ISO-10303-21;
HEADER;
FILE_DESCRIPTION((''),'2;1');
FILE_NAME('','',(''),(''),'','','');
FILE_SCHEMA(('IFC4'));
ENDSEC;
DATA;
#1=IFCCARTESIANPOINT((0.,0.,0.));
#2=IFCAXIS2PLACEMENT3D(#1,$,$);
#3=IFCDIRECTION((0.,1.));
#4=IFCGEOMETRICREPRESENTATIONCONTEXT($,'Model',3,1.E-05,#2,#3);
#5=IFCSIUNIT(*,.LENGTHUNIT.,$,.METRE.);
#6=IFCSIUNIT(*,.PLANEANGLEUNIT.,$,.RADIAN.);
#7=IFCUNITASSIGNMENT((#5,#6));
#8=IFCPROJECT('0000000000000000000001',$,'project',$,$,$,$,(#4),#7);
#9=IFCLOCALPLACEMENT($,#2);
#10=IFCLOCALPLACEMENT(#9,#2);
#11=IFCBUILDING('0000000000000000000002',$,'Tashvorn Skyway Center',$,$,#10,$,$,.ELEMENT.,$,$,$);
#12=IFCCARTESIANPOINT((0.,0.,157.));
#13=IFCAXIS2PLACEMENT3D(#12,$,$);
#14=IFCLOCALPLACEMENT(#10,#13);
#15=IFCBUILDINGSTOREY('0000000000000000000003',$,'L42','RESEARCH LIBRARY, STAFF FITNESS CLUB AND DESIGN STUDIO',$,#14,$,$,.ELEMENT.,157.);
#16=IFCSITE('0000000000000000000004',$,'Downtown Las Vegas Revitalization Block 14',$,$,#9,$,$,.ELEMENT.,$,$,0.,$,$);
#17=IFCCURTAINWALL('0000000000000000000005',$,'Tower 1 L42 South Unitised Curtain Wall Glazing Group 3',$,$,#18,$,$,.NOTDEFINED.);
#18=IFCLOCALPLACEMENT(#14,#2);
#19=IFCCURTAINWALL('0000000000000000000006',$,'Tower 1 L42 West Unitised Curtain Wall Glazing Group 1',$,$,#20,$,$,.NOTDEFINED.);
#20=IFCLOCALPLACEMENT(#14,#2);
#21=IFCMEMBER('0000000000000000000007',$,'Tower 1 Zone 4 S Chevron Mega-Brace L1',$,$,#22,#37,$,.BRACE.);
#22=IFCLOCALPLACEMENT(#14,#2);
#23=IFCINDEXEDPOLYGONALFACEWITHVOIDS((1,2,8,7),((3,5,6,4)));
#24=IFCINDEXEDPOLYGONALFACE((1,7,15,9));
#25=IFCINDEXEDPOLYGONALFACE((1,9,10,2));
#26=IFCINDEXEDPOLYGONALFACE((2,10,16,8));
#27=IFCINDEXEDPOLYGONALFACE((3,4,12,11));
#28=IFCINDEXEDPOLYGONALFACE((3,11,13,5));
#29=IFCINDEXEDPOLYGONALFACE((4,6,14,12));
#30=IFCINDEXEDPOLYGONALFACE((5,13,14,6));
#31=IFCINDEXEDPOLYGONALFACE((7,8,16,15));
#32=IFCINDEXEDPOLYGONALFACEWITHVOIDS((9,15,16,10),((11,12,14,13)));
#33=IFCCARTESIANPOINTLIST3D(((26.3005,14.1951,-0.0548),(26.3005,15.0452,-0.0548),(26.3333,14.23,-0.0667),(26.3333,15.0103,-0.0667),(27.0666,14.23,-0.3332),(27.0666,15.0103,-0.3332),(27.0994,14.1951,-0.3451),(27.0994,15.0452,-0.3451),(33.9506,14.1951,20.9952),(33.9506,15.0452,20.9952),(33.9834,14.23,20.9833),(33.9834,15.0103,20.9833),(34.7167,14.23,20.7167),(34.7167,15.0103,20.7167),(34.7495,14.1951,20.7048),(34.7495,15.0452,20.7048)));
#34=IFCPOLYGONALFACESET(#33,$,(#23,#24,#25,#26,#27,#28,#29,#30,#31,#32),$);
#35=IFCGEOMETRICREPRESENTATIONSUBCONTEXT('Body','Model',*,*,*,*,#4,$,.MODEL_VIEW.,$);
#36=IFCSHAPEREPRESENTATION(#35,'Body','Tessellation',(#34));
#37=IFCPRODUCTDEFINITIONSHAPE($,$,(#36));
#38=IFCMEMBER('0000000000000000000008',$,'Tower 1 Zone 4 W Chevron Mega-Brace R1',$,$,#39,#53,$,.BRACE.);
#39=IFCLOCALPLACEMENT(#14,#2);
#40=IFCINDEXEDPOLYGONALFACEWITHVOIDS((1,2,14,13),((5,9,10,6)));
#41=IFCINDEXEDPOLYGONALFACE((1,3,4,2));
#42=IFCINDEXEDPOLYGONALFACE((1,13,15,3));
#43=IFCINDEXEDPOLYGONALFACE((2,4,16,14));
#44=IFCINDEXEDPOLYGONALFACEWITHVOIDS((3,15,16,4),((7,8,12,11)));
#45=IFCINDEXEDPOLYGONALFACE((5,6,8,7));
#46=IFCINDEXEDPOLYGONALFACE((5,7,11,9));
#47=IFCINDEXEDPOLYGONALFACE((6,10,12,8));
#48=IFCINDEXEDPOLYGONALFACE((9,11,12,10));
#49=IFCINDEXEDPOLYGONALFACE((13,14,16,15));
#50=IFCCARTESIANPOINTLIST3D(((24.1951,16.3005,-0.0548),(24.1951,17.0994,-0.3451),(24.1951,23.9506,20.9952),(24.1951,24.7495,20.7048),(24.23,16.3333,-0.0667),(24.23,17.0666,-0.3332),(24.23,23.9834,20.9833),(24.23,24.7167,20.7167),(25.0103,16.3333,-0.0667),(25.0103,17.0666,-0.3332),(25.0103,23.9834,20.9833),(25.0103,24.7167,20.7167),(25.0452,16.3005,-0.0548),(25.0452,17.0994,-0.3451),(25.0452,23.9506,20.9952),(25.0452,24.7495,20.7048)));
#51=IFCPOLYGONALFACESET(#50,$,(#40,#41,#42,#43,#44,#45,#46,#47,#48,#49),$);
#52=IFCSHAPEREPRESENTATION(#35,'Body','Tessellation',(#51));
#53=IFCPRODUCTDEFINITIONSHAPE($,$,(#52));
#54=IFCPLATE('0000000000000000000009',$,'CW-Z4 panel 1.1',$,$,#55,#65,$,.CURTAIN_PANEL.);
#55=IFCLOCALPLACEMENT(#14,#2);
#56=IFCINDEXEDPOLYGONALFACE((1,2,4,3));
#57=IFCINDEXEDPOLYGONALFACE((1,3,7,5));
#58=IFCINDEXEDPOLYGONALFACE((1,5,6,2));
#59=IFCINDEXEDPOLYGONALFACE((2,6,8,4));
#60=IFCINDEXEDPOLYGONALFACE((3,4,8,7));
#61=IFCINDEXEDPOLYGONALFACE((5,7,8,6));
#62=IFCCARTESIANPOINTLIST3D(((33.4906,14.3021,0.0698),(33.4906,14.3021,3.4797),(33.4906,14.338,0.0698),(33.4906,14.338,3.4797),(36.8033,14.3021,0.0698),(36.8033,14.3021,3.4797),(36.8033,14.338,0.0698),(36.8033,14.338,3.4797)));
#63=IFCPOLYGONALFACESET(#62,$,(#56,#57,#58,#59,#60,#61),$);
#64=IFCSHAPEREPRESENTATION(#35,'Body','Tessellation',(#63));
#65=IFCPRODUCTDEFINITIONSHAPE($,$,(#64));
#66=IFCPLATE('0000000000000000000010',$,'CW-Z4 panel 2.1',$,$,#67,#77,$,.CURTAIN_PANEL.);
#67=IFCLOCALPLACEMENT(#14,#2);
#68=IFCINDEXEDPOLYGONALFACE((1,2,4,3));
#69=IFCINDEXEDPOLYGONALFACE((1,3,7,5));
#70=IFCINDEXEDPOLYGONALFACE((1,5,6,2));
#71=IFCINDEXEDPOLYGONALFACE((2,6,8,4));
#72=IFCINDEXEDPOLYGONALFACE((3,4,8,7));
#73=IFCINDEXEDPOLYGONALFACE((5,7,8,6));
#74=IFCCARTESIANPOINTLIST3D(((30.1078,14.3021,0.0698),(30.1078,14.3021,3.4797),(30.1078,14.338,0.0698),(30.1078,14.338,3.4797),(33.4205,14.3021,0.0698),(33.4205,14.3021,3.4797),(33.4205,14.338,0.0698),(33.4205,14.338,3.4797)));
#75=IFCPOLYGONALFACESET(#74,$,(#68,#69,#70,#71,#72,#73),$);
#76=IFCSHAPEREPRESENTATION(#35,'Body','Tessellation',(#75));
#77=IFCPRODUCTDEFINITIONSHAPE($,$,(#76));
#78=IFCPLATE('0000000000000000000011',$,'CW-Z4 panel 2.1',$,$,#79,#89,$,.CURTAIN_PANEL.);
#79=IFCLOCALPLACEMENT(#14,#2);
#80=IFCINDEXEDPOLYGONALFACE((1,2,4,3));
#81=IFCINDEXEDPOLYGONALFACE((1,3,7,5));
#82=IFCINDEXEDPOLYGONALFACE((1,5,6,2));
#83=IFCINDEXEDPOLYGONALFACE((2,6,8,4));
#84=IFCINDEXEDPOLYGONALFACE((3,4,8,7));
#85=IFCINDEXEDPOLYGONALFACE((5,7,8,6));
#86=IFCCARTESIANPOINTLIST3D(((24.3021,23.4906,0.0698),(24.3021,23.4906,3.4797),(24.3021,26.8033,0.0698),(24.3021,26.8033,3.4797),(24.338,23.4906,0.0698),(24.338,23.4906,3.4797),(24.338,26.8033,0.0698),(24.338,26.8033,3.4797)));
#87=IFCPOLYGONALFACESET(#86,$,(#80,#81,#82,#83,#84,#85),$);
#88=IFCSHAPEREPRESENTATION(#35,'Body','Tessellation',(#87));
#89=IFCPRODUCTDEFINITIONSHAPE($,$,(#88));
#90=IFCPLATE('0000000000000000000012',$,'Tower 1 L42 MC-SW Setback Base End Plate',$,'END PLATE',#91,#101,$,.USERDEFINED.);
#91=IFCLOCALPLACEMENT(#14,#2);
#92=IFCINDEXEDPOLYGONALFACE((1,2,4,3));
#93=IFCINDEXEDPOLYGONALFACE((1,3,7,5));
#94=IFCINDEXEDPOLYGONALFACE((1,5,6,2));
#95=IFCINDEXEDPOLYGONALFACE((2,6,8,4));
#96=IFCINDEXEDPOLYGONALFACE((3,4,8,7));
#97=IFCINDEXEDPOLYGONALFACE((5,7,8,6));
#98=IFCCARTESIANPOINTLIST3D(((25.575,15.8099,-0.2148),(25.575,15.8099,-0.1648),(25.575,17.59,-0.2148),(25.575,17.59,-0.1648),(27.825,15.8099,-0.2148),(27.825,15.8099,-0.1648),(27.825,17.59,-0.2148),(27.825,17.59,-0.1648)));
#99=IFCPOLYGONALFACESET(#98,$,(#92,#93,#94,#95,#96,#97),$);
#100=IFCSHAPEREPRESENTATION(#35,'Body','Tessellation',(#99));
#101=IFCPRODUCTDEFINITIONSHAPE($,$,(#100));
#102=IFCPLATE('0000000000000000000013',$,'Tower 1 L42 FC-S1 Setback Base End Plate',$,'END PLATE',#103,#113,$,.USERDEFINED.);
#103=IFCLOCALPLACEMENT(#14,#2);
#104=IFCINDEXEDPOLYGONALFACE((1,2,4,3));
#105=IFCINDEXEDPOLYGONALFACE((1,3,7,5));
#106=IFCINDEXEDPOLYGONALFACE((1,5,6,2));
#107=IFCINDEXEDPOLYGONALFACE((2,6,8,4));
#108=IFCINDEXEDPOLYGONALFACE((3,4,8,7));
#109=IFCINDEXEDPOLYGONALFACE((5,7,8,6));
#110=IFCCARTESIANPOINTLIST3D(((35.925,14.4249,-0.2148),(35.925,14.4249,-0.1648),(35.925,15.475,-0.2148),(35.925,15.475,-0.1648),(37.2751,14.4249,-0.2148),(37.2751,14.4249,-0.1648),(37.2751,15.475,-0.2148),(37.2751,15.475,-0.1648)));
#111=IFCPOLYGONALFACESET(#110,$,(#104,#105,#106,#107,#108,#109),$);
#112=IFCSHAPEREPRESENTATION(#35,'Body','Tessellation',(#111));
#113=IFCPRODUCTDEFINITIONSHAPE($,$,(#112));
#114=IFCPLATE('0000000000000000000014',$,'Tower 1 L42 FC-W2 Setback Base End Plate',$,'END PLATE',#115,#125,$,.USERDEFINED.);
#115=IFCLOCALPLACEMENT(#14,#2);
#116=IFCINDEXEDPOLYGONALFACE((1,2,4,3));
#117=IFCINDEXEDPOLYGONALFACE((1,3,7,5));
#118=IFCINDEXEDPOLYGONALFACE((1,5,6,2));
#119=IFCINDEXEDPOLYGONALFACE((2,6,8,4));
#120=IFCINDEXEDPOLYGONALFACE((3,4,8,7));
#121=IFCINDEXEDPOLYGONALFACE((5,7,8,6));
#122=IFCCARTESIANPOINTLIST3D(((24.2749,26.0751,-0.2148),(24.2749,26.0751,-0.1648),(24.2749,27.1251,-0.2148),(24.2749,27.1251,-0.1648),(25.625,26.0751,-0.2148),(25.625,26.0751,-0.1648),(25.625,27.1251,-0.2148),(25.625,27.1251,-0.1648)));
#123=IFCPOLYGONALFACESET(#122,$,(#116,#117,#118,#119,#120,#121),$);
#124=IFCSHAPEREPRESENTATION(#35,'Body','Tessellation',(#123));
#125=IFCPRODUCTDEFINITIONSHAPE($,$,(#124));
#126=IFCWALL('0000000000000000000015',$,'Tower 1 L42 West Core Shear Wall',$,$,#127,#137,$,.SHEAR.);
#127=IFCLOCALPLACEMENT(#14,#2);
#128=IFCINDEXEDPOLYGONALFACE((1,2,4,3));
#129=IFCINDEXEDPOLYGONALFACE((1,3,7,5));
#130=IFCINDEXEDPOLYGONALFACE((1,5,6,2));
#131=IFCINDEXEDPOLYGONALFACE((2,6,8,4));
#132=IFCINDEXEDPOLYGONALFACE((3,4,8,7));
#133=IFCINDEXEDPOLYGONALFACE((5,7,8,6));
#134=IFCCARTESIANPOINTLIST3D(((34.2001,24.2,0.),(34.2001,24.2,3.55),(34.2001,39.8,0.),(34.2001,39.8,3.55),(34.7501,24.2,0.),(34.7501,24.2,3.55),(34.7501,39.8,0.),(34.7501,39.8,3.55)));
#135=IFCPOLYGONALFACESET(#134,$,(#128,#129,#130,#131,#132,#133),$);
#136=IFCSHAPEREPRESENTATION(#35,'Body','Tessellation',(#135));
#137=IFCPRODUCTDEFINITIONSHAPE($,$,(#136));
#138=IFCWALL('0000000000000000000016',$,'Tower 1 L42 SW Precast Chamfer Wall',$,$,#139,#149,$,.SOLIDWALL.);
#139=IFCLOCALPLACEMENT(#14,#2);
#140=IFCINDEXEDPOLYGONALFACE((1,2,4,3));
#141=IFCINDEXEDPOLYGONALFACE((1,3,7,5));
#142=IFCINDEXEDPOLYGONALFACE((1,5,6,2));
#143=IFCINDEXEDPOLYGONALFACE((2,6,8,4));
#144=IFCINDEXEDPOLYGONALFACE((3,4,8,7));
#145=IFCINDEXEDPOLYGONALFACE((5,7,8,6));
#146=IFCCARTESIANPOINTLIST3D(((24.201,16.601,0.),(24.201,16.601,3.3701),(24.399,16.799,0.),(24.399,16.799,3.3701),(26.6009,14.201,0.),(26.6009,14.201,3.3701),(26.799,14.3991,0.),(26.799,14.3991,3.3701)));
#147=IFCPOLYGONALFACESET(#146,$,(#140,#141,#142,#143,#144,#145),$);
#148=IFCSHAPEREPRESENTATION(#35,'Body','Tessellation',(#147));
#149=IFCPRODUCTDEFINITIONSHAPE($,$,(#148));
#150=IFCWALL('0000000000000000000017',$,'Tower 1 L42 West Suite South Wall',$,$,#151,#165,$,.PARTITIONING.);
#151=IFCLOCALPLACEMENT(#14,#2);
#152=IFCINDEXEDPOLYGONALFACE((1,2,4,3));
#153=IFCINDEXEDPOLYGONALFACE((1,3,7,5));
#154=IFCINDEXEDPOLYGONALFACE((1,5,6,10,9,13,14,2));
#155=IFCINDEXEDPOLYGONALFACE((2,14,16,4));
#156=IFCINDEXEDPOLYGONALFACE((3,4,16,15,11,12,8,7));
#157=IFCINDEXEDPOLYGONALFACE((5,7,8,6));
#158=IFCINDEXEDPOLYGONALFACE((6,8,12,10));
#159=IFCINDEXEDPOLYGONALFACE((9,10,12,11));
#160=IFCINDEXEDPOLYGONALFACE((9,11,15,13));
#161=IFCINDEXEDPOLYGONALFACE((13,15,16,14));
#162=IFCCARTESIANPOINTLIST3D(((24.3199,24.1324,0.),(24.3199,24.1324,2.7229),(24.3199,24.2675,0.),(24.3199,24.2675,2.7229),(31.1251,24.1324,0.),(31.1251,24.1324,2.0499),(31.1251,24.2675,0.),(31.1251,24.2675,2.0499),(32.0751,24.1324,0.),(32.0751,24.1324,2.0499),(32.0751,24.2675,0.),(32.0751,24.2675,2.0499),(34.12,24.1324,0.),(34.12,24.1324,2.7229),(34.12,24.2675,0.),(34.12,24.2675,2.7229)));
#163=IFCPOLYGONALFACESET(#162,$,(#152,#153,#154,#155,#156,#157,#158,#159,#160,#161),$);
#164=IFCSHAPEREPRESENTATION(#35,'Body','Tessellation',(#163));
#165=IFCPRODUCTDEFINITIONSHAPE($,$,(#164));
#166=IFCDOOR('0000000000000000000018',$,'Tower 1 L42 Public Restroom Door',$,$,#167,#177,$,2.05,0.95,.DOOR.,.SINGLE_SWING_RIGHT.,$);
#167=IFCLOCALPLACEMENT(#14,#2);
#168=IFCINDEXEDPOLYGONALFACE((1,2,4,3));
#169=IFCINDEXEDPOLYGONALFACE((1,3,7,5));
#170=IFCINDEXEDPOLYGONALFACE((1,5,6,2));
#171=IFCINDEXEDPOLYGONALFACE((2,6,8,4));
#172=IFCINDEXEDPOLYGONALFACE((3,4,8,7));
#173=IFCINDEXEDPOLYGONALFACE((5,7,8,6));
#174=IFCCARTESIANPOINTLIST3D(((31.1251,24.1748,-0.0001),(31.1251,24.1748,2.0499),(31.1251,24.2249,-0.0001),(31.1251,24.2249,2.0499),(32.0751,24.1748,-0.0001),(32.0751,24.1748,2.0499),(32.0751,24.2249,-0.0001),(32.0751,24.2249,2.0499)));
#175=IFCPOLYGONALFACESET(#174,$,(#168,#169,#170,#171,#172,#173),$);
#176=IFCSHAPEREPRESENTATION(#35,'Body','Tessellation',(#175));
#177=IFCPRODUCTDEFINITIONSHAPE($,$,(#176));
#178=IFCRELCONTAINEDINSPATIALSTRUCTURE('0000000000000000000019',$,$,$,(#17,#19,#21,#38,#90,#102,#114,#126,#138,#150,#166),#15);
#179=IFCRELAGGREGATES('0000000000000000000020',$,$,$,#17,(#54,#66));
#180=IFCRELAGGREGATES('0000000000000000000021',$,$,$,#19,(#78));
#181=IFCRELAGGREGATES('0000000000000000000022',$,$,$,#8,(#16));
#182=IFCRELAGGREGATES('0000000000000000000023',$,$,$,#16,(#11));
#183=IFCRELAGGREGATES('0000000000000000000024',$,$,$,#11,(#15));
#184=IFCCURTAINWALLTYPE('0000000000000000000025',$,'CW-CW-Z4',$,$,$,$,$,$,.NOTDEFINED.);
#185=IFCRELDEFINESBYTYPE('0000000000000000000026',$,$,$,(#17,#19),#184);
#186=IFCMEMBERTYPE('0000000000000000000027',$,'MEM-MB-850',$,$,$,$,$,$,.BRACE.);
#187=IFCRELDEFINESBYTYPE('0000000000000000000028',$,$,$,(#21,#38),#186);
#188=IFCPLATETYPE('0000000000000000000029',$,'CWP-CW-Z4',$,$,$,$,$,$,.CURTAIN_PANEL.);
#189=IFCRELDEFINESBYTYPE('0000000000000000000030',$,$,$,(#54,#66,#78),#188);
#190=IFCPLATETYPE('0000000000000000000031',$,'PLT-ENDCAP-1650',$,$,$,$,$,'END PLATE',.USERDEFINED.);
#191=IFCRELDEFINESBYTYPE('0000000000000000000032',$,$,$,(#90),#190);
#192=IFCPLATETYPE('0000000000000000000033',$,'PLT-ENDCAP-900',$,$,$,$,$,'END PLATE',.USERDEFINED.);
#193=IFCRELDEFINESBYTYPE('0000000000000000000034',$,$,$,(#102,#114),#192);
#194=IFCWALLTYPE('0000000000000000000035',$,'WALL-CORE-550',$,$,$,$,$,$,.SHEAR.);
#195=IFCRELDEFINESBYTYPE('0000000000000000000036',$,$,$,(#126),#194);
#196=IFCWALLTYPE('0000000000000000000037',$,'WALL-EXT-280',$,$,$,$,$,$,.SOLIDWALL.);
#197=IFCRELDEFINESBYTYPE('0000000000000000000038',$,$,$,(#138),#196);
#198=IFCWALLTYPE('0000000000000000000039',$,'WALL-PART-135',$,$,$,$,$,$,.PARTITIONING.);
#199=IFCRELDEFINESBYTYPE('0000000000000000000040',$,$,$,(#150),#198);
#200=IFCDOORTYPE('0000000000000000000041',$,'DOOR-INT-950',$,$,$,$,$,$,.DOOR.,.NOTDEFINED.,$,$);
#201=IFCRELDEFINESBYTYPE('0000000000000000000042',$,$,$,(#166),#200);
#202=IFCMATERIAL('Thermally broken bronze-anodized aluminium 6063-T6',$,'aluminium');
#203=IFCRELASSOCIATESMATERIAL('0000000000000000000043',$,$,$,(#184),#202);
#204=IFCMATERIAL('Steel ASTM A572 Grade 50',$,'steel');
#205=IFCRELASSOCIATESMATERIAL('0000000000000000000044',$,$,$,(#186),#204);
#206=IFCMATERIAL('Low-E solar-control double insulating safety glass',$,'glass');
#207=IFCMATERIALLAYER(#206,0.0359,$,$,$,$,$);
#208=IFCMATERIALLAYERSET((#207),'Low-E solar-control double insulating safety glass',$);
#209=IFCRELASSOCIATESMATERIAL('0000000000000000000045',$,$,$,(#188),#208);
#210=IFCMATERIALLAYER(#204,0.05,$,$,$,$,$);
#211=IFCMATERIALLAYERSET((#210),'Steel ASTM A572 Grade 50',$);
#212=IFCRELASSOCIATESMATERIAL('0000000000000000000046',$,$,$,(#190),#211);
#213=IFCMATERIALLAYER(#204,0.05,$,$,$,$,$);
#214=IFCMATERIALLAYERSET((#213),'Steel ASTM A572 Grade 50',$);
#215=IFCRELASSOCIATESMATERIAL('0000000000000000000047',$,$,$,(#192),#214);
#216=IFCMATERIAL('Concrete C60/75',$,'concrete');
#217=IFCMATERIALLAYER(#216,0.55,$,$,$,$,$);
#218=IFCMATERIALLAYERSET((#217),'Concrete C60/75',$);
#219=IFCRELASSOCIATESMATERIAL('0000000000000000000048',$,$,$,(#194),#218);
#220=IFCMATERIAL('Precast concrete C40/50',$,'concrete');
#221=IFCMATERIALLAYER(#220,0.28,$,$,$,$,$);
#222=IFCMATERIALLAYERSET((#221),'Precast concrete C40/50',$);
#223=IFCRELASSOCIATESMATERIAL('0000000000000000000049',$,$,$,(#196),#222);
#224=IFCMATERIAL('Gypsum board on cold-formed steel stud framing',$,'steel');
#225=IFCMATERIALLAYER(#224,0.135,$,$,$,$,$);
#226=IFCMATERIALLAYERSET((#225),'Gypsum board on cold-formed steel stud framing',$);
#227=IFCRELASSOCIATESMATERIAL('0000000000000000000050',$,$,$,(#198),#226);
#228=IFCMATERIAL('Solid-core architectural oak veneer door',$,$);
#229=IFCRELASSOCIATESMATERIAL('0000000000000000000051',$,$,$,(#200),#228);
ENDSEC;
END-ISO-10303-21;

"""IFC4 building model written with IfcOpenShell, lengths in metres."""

from ifc_helpers import new_model, si_unit, direction, frame, frame_2d, origin, origin_2d, place, context, subcontext, project, spatial, rectangle, hollow_rectangle, extrude, material, layer, layer_set, material_profile, profile_set, type_object, element, fill, aggregate, save


model = new_model("IFC4")

# Units and contexts
model_context = context("Model", 3, precision=1e-05, world=origin(), true_north=direction((0.0, 1.0)))
body_context = subcontext(model_context, "Body", "Model", "MODEL_VIEW")
ifc_project = project(units=[si_unit("LENGTHUNIT", "METRE"), si_unit("PLANEANGLEUNIT", "RADIAN")], contexts=[model_context])

# Site, building, storey
site_placement = place(None, origin())
site = spatial("IfcSite", under=ifc_project, at=site_placement, Name="Downtown Las Vegas Revitalization Block 14", CompositionType="ELEMENT", RefElevation=0.0)
building_placement = place(site_placement, origin())
building = spatial("IfcBuilding", under=site, at=building_placement, Name="Tashvorn Skyway Center", CompositionType="ELEMENT")
storey_placement = place(building_placement, frame((0.0, 0.0, 157.0)))
storey = spatial("IfcBuildingStorey", under=building, at=storey_placement, Name="L42", Description="RESEARCH LIBRARY, STAFF FITNESS CLUB AND DESIGN STUDIO", CompositionType="ELEMENT", Elevation=157.0)

# Shared definitions
ifc_material_1 = material(Name="Steel ASTM A572 Grade 50", Category="steel")

# Curtain walls
ifc_material_2 = material(Name="Thermally broken bronze-anodized aluminium 6063-T6", Category="aluminium")
curtain_wall_type = type_object("IfcCurtainWallType", Name="CW-CW-Z4", PredefinedType="NOTDEFINED", material=ifc_material_2)
curtain_wall_1_placement = place(storey_placement, origin())
curtain_wall_1 = element("IfcCurtainWall", 1, at=curtain_wall_1_placement, inside=storey, type_object=curtain_wall_type, Name="Tower 1 L42 South Unitised Curtain Wall Glazing Group 3", PredefinedType="NOTDEFINED")
curtain_wall_2_placement = place(storey_placement, origin())
curtain_wall_2 = element("IfcCurtainWall", 2, at=curtain_wall_2_placement, inside=storey, type_object=curtain_wall_type, Name="Tower 1 L42 West Unitised Curtain Wall Glazing Group 1", PredefinedType="NOTDEFINED")

# Members
ifc_material_profile_1 = material_profile(ifc_material_1, hollow_rectangle(XDim=0.8501, YDim=0.8501, WallThickness=0.0349, at=origin_2d()), Name="BOX850x850x35")
ifc_profile_set_1 = profile_set([ifc_material_profile_1], Name="Steel ASTM A572 Grade 50")
member_type_1 = type_object("IfcMemberType", Name="MEM-MB-850", PredefinedType="BRACE", material=ifc_profile_set_1)
for number, where, z_axis, x_axis, name in (
    (3, (26.7, 14.6201, -0.2), (0.341569, 0.0, 0.939857), (0.0, 1.0, 0.0), "Tower 1 Zone 4 S Chevron Mega-Brace L1"),
    (4, (24.6201, 16.7, -0.2), (0.0, 0.341569, 0.939857), (-1.0, 0.0, 0.0), "Tower 1 Zone 4 W Chevron Mega-Brace R1"),
):
    element("IfcMember", number, at=place(storey_placement, frame(where, z_axis=z_axis, x_axis=x_axis)), inside=storey, type_object=member_type_1, Name=name, PredefinedType="BRACE", context=body_context, shape_type="SweptSolid", body=[
        extrude(hollow_rectangle(XDim=0.8501, YDim=0.8501, WallThickness=0.0349, at=origin_2d()), origin(), (0.0, 0.0, 1.0), 22.397),
    ])

# Plates
ifc_material_3 = material(Name="Low-E solar-control double insulating safety glass", Category="glass")
ifc_layer_1 = layer(ifc_material_3, 0.0359)
ifc_layer_set_1 = layer_set([ifc_layer_1], Name="Low-E solar-control double insulating safety glass")
plate_type_1 = type_object("IfcPlateType", Name="CWP-CW-Z4", PredefinedType="CURTAIN_PANEL", material=ifc_layer_set_1)
plate_1_placement = place(storey_placement, frame((35.147, 14.3201, 0.0698), z_axis=(0.0, 0.0, 1.0), x_axis=(-1.0, 0.0, 0.0)))
plate_1 = element("IfcPlate", 5, at=plate_1_placement, type_object=plate_type_1, Name="CW-Z4 panel 1.1", PredefinedType="CURTAIN_PANEL", context=body_context, shape_type="SweptSolid", body=[
    extrude(rectangle(XDim=3.3127, YDim=0.0359, at=origin_2d()), origin(), (0.0, 0.0, 1.0), 3.4099),
])
plate_2_placement = place(storey_placement, frame((31.7642, 14.3201, 0.0698), z_axis=(0.0, 0.0, 1.0), x_axis=(-1.0, 0.0, 0.0)))
plate_2 = element("IfcPlate", 6, at=plate_2_placement, type_object=plate_type_1, Name="CW-Z4 panel 2.1", PredefinedType="CURTAIN_PANEL", context=body_context, shape_type="SweptSolid", body=[
    extrude(rectangle(XDim=3.3127, YDim=0.0359, at=origin_2d()), origin(), (0.0, 0.0, 1.0), 3.4099),
])
aggregate(curtain_wall_1, [plate_1, plate_2])
plate_3_placement = place(storey_placement, frame((24.3201, 25.147, 0.0698), z_axis=(0.0, 0.0, 1.0), x_axis=(0.0, 1.0, 0.0)))
plate_3 = element("IfcPlate", 7, at=plate_3_placement, type_object=plate_type_1, Name="CW-Z4 panel 2.1", PredefinedType="CURTAIN_PANEL", context=body_context, shape_type="SweptSolid", body=[
    extrude(rectangle(XDim=3.3127, YDim=0.0359, at=origin_2d()), origin(), (0.0, 0.0, 1.0), 3.4099),
])
aggregate(curtain_wall_2, [plate_3])

# Plates
ifc_layer_2 = layer(ifc_material_1, 0.05)
ifc_layer_set_2 = layer_set([ifc_layer_2], Name="Steel ASTM A572 Grade 50")
plate_type_2 = type_object("IfcPlateType", Name="PLT-ENDCAP-1650", ElementType="END PLATE", PredefinedType="USERDEFINED", material=ifc_layer_set_2)
plate_4_placement = place(storey_placement, frame((26.7, 16.7, -0.2148), z_axis=(0.0, 0.0, 1.0), x_axis=(1.0, 0.0, 0.0)))
element("IfcPlate", 8, at=plate_4_placement, inside=storey, type_object=plate_type_2, Name="Tower 1 L42 MC-SW Setback Base End Plate", ObjectType="END PLATE", PredefinedType="USERDEFINED", context=body_context, shape_type="SweptSolid", body=[
    extrude(rectangle(XDim=2.25, YDim=1.78, at=origin_2d()), origin(), (0.0, 0.0, 1.0), 0.05),
])
ifc_layer_3 = layer(ifc_material_1, 0.05)
ifc_layer_set_3 = layer_set([ifc_layer_3], Name="Steel ASTM A572 Grade 50")
plate_type_3 = type_object("IfcPlateType", Name="PLT-ENDCAP-900", ElementType="END PLATE", PredefinedType="USERDEFINED", material=ifc_layer_set_3)
for number, where, z_axis, x_axis, name in (
    (9, (36.6001, 14.95, -0.2148), (0.0, 0.0, 1.0), (1.0, 0.0, 0.0), "Tower 1 L42 FC-S1 Setback Base End Plate"),
    (10, (24.95, 26.6001, -0.2148), (0.0, 0.0, 1.0), (1.0, 0.0, 0.0), "Tower 1 L42 FC-W2 Setback Base End Plate"),
):
    element("IfcPlate", number, at=place(storey_placement, frame(where, z_axis=z_axis, x_axis=x_axis)), inside=storey, type_object=plate_type_3, Name=name, ObjectType="END PLATE", PredefinedType="USERDEFINED", context=body_context, shape_type="SweptSolid", body=[
        extrude(rectangle(XDim=1.3501, YDim=1.05, at=origin_2d()), origin(), (0.0, 0.0, 1.0), 0.05),
    ])

# Walls
ifc_material_4 = material(Name="Concrete C60/75", Category="concrete")
ifc_layer_4 = layer(ifc_material_4, 0.55)
ifc_layer_set_4 = layer_set([ifc_layer_4], Name="Concrete C60/75")
wall_type_1 = type_object("IfcWallType", Name="WALL-CORE-550", PredefinedType="SHEAR", material=ifc_layer_set_4)
wall_1_placement = place(storey_placement, frame((34.4751, 24.2, 0.0), z_axis=(0.0, 0.0, 1.0), x_axis=(0.0, 1.0, 0.0)))
element("IfcWall", 11, at=wall_1_placement, inside=storey, type_object=wall_type_1, Name="Tower 1 L42 West Core Shear Wall", PredefinedType="SHEAR", context=body_context, shape_type="SweptSolid", body=[
    extrude(rectangle(XDim=15.6001, YDim=0.55, at=frame_2d((7.8, 0.0))), origin(), (0.0, 0.0, 1.0), 3.55),
])
ifc_material_5 = material(Name="Precast concrete C40/50", Category="concrete")
ifc_layer_5 = layer(ifc_material_5, 0.28)
ifc_layer_set_5 = layer_set([ifc_layer_5], Name="Precast concrete C40/50")
wall_type_2 = type_object("IfcWallType", Name="WALL-EXT-280", PredefinedType="SOLIDWALL", material=ifc_layer_set_5)
wall_2_placement = place(storey_placement, frame((26.7, 14.3, 0.0), z_axis=(0.0, 0.0, 1.0), x_axis=(-0.707107, 0.707107, 0.0)))
element("IfcWall", 12, at=wall_2_placement, inside=storey, type_object=wall_type_2, Name="Tower 1 L42 SW Precast Chamfer Wall", PredefinedType="SOLIDWALL", context=body_context, shape_type="SweptSolid", body=[
    extrude(rectangle(XDim=3.394, YDim=0.28, at=frame_2d((1.697, 0.0))), origin(), (0.0, 0.0, 1.0), 3.3701),
])

# Wall, opening, door
ifc_material_6 = material(Name="Gypsum board on cold-formed steel stud framing", Category="steel")
ifc_layer_6 = layer(ifc_material_6, 0.135)
ifc_layer_set_6 = layer_set([ifc_layer_6], Name="Gypsum board on cold-formed steel stud framing")
wall_type_3 = type_object("IfcWallType", Name="WALL-PART-135", PredefinedType="PARTITIONING", material=ifc_layer_set_6)
wall_3_placement = place(storey_placement, frame((24.3201, 24.2, 0.0), z_axis=(0.0, 0.0, 1.0), x_axis=(1.0, 0.0, 0.0)))
wall_3 = element("IfcWall", 13, at=wall_3_placement, inside=storey, type_object=wall_type_3, Name="Tower 1 L42 West Suite South Wall", PredefinedType="PARTITIONING", context=body_context, shape_type="SweptSolid", body=[
    extrude(rectangle(XDim=9.8, YDim=0.135, at=frame_2d((4.8999, 0.0))), origin(), (0.0, 0.0, 1.0), 2.7229),
])
opening_placement = place(wall_3_placement, frame((6.8049, 0.0, 0.0)))
opening = element("IfcOpeningElement", 14, at=opening_placement, cuts=wall_3, PredefinedType="OPENING", context=body_context, shape_type="SweptSolid", body=[
    extrude(rectangle(XDim=0.95, YDim=2.05, at=frame_2d((0.4751, 1.0249))), frame((0.0, 0.0774, 0.0), z_axis=(0.0, -1.0, 0.0), x_axis=(1.0, 0.0, 0.0)), (0.0, 0.0, 1.0), 0.155),
])
ifc_material_7 = material(Name="Solid-core architectural oak veneer door")
door_type = type_object("IfcDoorType", Name="DOOR-INT-950", OperationType="NOTDEFINED", PredefinedType="DOOR", material=ifc_material_7)
door_placement = place(opening_placement, origin())
door = element("IfcDoor", 15, at=door_placement, inside=storey, type_object=door_type, Name="Tower 1 L42 Public Restroom Door", OperationType="SINGLE_SWING_RIGHT", OverallHeight=2.05, OverallWidth=0.95, PredefinedType="DOOR", context=body_context, shape_type="SweptSolid", body=[
    extrude(rectangle(XDim=0.95, YDim=2.05, at=frame_2d((0.4751, 1.0249))), frame((0.0, 0.0249, 0.0), z_axis=(0.0, -1.0, 0.0), x_axis=(1.0, 0.0, 0.0)), (0.0, 0.0, 1.0), 0.05),
])
fill(opening, door)

save(model, "model.ifc")
